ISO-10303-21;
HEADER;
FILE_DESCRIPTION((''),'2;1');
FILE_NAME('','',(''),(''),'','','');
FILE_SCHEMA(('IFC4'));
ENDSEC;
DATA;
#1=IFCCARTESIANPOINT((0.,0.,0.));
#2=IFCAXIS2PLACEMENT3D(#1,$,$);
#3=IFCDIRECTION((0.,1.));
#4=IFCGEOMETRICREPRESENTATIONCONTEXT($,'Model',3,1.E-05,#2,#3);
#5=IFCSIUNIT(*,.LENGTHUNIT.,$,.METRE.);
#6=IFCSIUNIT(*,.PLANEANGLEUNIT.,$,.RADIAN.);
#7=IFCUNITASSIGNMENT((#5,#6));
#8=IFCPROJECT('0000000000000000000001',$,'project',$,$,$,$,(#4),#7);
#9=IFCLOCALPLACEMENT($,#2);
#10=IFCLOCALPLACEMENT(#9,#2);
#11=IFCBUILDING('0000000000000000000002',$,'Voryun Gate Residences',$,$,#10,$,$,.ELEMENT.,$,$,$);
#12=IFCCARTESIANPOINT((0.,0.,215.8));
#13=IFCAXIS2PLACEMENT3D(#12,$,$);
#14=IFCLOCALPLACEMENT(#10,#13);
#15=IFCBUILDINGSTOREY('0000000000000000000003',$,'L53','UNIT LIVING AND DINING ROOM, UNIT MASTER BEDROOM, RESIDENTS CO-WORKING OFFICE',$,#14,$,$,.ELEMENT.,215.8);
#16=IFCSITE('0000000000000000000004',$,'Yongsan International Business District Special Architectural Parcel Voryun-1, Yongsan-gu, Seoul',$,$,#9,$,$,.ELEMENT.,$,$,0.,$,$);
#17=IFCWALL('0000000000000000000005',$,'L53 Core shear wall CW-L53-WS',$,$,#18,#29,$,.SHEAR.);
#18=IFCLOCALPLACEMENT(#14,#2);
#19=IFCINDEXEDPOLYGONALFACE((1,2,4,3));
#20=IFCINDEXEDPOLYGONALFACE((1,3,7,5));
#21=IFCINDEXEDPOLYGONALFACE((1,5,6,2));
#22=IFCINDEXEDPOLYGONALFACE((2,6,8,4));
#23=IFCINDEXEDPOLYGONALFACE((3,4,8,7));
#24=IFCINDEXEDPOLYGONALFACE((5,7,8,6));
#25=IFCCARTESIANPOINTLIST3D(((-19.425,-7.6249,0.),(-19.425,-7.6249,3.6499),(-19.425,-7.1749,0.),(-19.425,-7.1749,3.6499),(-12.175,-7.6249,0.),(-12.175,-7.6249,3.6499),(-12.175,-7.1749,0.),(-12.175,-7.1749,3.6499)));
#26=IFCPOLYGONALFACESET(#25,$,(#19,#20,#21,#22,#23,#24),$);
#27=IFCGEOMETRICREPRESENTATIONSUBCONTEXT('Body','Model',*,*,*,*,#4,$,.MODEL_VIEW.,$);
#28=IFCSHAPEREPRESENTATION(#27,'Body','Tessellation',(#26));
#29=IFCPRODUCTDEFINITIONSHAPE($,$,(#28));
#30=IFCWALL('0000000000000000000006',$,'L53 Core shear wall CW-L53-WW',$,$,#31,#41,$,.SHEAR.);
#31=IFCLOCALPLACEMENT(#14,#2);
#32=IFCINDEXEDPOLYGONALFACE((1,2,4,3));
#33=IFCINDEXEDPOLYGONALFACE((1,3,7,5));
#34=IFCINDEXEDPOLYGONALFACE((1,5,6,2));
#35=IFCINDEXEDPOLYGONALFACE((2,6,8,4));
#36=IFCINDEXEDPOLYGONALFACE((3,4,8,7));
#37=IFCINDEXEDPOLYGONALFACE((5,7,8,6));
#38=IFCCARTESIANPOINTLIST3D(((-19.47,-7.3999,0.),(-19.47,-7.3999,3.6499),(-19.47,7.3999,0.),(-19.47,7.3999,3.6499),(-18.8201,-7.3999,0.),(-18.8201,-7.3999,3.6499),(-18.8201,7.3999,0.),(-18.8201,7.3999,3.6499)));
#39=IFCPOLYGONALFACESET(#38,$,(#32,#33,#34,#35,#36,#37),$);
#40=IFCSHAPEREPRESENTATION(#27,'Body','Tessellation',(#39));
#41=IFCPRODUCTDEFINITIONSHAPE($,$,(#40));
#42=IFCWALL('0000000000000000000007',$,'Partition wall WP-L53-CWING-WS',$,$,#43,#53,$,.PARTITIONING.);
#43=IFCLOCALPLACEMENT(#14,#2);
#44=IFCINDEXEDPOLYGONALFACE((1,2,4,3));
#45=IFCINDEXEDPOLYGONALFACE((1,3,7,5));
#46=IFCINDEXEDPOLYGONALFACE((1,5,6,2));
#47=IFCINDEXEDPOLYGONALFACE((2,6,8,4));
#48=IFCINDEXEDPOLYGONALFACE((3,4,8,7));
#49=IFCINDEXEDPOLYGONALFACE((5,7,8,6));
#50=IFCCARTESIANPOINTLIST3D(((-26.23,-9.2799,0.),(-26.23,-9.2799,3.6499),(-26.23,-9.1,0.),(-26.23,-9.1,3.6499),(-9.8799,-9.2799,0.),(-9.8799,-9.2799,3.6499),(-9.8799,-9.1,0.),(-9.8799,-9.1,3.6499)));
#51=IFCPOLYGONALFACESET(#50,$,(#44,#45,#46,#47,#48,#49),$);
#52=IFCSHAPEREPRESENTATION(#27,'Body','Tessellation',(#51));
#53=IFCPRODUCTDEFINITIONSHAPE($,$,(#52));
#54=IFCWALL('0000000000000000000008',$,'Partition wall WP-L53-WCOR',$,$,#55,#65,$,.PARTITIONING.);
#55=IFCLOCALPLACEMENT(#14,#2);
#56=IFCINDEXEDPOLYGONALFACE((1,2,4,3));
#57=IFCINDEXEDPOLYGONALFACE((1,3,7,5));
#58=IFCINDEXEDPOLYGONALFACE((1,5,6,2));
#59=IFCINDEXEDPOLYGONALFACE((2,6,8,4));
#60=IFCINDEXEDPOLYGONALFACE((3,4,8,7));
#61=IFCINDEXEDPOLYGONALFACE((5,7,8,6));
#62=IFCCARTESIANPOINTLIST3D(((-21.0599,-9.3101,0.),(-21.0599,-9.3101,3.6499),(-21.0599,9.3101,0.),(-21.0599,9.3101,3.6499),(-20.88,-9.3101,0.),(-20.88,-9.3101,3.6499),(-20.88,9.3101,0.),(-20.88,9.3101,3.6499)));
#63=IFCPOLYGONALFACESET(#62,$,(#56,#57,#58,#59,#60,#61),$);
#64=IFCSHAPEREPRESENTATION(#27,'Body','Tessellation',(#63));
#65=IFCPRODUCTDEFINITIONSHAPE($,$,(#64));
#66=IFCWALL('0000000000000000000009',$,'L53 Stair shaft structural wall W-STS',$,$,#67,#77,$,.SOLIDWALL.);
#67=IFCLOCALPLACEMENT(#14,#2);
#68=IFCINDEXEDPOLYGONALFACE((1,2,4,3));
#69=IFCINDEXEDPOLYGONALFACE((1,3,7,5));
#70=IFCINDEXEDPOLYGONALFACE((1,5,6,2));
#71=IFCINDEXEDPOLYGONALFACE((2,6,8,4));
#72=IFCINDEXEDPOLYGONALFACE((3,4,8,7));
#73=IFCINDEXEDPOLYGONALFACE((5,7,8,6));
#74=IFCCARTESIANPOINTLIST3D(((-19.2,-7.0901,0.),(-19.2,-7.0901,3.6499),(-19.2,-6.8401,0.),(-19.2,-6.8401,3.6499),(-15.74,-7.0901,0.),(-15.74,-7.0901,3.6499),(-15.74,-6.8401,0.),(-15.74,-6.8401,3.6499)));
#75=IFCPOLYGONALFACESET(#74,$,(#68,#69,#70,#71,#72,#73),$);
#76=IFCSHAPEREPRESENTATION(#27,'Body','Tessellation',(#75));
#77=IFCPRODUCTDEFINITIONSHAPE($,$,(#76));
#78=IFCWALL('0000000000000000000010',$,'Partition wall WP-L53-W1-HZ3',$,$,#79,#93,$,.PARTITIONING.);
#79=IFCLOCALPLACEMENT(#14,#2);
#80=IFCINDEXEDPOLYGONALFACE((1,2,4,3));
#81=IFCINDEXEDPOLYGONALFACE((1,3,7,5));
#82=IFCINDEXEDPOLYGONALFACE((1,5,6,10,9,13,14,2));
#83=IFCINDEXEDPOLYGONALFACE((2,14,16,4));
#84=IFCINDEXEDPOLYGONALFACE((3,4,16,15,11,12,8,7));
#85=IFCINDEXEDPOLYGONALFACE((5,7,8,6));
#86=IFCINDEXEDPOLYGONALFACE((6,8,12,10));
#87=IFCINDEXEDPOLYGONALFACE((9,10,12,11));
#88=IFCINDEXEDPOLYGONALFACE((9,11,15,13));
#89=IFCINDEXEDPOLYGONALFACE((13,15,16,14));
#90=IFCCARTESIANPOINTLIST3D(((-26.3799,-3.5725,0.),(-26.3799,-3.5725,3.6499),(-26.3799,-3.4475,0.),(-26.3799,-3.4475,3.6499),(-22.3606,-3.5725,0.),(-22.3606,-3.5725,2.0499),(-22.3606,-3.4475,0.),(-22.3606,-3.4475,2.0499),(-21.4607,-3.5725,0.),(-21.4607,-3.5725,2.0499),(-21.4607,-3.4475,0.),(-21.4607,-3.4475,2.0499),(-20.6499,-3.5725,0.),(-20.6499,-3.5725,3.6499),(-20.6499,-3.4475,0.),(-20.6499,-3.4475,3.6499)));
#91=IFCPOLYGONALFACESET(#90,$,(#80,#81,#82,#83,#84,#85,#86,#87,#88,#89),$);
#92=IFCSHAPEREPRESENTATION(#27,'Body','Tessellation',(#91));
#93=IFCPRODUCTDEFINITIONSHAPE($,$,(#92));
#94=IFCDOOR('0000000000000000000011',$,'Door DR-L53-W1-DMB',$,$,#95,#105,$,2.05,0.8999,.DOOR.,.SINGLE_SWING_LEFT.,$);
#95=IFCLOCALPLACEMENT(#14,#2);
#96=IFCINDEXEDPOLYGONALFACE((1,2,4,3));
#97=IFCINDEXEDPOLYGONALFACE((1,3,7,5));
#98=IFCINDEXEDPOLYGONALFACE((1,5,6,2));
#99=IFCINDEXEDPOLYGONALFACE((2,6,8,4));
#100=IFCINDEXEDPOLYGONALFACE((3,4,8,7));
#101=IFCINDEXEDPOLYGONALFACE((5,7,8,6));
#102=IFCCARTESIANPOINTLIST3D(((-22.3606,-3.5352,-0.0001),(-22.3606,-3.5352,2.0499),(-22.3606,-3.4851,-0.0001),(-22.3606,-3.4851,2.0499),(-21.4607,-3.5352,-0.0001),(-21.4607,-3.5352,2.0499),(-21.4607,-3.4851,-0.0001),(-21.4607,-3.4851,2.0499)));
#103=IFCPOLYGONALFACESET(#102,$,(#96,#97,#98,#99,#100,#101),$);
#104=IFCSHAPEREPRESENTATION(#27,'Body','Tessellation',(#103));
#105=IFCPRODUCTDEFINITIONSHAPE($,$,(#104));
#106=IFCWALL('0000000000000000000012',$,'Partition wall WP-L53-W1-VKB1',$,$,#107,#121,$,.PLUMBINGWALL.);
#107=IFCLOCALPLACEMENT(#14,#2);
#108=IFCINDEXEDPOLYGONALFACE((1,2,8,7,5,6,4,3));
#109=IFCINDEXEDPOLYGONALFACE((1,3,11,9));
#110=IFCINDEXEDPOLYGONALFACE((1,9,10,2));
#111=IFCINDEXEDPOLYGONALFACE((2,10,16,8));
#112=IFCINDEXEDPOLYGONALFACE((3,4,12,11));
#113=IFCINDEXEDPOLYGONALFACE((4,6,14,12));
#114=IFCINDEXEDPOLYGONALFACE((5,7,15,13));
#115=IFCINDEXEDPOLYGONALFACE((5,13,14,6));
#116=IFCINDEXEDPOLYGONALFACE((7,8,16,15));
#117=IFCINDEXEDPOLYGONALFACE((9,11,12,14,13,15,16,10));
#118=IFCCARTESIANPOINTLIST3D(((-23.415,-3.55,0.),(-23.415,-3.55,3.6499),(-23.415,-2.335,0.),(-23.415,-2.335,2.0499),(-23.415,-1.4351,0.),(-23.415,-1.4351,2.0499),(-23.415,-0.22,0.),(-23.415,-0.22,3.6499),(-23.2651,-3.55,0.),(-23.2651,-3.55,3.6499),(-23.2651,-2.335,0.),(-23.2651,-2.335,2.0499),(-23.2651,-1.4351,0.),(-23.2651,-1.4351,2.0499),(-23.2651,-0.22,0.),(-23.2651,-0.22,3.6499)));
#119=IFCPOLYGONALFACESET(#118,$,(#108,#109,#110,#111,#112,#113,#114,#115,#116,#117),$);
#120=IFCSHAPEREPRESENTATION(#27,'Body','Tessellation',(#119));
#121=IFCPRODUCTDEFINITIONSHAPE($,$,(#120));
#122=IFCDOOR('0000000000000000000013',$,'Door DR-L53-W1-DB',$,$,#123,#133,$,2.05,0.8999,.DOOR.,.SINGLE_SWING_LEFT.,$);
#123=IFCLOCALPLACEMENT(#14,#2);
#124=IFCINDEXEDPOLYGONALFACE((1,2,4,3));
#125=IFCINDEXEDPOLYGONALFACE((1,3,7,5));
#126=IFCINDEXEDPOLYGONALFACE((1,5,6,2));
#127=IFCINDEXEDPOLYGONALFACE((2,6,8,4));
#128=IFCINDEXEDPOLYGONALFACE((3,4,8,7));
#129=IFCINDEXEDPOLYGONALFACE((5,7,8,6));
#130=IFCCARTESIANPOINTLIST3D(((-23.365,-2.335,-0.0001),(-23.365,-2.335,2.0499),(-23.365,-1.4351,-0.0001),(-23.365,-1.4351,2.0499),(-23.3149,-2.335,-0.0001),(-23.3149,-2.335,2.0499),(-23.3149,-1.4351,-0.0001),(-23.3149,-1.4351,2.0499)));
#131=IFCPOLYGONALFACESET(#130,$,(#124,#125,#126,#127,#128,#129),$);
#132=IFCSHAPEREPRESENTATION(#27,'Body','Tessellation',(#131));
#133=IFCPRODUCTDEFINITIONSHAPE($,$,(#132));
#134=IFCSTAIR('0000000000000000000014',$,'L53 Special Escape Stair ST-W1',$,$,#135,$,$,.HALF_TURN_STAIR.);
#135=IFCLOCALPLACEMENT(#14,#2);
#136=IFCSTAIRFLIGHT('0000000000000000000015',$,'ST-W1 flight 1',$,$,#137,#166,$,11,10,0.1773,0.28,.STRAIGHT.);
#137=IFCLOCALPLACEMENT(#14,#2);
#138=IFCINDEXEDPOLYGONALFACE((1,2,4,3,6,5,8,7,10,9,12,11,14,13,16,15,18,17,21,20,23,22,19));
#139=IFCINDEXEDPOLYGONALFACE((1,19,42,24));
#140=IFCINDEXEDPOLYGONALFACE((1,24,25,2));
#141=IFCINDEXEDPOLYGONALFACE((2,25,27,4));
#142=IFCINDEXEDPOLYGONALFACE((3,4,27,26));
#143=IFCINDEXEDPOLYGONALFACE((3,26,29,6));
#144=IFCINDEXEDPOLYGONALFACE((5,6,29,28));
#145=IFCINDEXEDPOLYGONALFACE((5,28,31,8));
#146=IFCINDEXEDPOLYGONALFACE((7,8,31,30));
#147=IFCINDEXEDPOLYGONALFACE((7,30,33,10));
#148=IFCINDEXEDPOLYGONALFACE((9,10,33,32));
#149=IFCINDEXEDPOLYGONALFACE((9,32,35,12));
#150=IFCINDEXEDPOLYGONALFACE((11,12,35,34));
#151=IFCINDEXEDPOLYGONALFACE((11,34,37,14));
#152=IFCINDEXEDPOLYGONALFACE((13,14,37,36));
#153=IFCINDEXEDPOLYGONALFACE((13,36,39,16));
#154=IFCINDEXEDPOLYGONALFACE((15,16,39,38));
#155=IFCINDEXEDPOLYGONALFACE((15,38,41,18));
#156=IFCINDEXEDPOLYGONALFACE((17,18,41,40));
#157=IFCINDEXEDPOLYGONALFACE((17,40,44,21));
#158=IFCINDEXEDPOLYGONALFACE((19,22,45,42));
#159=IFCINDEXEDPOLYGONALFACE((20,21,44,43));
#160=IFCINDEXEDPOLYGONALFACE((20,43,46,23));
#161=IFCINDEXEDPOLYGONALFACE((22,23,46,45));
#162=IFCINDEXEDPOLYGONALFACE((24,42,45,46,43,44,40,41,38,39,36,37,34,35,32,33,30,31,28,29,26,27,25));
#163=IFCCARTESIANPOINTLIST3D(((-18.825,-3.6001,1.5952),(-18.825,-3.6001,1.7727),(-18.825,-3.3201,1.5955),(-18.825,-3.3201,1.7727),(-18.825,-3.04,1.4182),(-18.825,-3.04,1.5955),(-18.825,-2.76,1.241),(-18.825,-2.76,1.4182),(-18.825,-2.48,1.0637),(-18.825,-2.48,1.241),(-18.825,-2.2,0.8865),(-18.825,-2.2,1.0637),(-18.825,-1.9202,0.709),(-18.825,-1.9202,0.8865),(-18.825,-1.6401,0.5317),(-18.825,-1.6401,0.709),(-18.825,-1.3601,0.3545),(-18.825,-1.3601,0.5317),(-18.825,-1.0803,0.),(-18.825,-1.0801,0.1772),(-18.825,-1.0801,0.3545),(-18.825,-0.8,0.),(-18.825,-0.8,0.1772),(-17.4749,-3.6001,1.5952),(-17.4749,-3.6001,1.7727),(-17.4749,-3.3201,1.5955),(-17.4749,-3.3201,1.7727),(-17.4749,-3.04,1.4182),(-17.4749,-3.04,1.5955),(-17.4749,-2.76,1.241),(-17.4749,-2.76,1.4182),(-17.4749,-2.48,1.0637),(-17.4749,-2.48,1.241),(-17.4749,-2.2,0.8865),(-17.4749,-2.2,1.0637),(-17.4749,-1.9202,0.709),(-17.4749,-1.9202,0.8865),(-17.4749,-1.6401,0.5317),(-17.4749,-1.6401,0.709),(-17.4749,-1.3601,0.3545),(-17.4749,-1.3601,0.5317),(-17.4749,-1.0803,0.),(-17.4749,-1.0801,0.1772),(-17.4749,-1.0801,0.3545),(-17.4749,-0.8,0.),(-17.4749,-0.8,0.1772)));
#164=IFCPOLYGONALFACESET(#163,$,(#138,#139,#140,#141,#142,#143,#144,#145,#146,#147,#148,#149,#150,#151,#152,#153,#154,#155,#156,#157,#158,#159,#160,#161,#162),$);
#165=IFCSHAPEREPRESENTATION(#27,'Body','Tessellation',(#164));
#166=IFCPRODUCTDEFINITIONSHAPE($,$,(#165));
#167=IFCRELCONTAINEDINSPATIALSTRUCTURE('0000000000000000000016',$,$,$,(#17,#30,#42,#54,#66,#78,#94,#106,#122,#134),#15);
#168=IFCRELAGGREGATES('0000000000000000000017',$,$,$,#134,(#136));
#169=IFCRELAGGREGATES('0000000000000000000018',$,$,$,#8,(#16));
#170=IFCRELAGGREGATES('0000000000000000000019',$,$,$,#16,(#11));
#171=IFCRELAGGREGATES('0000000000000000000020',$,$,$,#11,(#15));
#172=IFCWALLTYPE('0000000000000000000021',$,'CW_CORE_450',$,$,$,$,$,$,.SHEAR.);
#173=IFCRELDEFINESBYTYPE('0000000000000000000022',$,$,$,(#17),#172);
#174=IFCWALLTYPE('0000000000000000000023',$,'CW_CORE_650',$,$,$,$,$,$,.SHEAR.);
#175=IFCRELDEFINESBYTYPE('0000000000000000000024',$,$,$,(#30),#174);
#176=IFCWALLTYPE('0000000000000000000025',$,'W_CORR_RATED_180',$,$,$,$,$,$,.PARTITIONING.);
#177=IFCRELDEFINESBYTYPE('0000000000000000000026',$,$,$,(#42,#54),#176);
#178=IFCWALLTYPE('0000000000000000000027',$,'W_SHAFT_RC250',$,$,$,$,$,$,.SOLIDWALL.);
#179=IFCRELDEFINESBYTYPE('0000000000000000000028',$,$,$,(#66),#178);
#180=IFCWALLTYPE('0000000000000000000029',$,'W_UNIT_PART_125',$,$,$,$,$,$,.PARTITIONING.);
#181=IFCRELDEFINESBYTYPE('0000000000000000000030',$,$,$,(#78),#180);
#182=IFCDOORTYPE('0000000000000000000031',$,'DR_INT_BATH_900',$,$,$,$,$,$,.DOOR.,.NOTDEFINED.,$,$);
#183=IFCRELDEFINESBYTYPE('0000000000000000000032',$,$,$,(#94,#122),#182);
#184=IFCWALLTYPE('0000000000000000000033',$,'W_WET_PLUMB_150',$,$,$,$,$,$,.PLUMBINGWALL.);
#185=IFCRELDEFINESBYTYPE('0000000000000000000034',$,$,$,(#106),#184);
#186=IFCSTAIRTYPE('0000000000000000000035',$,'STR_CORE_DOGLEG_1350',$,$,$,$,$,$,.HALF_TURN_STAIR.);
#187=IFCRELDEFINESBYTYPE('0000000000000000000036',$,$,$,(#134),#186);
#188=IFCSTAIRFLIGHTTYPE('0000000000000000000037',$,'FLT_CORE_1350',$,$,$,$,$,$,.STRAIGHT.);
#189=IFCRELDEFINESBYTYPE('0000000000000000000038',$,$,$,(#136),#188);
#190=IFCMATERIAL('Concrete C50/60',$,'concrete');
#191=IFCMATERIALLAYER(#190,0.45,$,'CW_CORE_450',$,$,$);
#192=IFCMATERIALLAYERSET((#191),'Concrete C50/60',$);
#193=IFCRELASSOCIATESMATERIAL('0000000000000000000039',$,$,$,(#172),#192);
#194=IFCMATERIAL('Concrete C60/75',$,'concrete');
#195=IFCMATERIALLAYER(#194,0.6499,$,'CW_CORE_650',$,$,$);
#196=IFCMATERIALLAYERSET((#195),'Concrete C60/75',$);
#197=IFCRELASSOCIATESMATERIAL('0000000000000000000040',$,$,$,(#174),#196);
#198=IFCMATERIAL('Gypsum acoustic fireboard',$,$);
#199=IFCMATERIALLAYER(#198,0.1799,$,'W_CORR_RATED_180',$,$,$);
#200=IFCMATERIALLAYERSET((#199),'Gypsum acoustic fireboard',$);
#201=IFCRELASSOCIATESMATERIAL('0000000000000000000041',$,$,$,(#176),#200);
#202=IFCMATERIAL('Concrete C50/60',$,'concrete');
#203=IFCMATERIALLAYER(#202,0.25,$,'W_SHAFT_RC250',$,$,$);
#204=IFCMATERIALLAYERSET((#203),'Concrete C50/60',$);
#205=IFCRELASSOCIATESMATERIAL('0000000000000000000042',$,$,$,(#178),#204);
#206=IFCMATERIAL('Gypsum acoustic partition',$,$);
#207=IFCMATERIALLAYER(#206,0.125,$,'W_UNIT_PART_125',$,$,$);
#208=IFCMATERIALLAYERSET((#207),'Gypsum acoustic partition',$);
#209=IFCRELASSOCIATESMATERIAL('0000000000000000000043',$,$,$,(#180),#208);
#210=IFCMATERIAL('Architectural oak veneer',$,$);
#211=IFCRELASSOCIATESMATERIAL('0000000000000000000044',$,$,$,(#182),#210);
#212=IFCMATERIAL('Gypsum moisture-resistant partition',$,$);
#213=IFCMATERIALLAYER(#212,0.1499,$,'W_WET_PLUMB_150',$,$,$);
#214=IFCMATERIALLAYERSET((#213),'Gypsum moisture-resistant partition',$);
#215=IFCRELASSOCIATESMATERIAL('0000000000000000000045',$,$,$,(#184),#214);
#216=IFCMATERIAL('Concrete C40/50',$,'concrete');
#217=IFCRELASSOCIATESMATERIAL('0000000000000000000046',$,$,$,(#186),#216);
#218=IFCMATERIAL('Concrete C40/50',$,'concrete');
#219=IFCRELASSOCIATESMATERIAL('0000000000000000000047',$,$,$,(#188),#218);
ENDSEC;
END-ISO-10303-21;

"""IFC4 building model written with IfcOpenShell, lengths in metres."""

from ifc_helpers import new_model, si_unit, direction, frame, frame_2d, origin, place, context, subcontext, project, spatial, polyline, rectangle, outline, extrude, material, layer, layer_set, type_object, element, fill, aggregate, save


model = new_model("IFC4")

# Units and contexts
model_context = context("Model", 3, precision=1e-05, world=origin(), true_north=direction((0.0, 1.0)))
body_context = subcontext(model_context, "Body", "Model", "MODEL_VIEW")
ifc_project = project(units=[si_unit("LENGTHUNIT", "METRE"), si_unit("PLANEANGLEUNIT", "RADIAN")], contexts=[model_context])

# Site, building, storey
site_placement = place(None, origin())
site = spatial("IfcSite", under=ifc_project, at=site_placement, Name="Yongsan International Business District Special Architectural Parcel Voryun-1, Yongsan-gu, Seoul", CompositionType="ELEMENT", RefElevation=0.0)
building_placement = place(site_placement, origin())
building = spatial("IfcBuilding", under=site, at=building_placement, Name="Voryun Gate Residences", CompositionType="ELEMENT")
storey_placement = place(building_placement, frame((0.0, 0.0, 215.8)))
storey = spatial("IfcBuildingStorey", under=building, at=storey_placement, Name="L53", Description="UNIT LIVING AND DINING ROOM, UNIT MASTER BEDROOM, RESIDENTS CO-WORKING OFFICE", CompositionType="ELEMENT", Elevation=215.8)

# Walls
ifc_material_1 = material(Name="Concrete C50/60", Category="concrete")
ifc_layer_1 = layer(ifc_material_1, 0.45, Name="CW_CORE_450")
ifc_layer_set_1 = layer_set([ifc_layer_1], Name="Concrete C50/60")
wall_type_1 = type_object("IfcWallType", Name="CW_CORE_450", PredefinedType="SHEAR", material=ifc_layer_set_1)
wall_1_placement = place(storey_placement, frame((-19.425, -7.3999, 0.0), z_axis=(0.0, 0.0, 1.0), x_axis=(1.0, 0.0, 0.0)))
element("IfcWall", 1, at=wall_1_placement, inside=storey, type_object=wall_type_1, Name="L53 Core shear wall CW-L53-WS", PredefinedType="SHEAR", context=body_context, shape_type="SweptSolid", body=[
    extrude(rectangle(XDim=7.25, YDim=0.45, at=frame_2d((3.625, 0.0))), origin(), (0.0, 0.0, 1.0), 3.6499),
])
ifc_material_2 = material(Name="Concrete C60/75", Category="concrete")
ifc_layer_2 = layer(ifc_material_2, 0.6499, Name="CW_CORE_650")
ifc_layer_set_2 = layer_set([ifc_layer_2], Name="Concrete C60/75")
wall_type_2 = type_object("IfcWallType", Name="CW_CORE_650", PredefinedType="SHEAR", material=ifc_layer_set_2)
wall_2_placement = place(storey_placement, frame((-19.145, -7.3999, 0.0), z_axis=(0.0, 0.0, 1.0), x_axis=(0.0, 1.0, 0.0)))
element("IfcWall", 2, at=wall_2_placement, inside=storey, type_object=wall_type_2, Name="L53 Core shear wall CW-L53-WW", PredefinedType="SHEAR", context=body_context, shape_type="SweptSolid", body=[
    extrude(rectangle(XDim=14.7998, YDim=0.6499, at=frame_2d((7.3999, 0.0))), origin(), (0.0, 0.0, 1.0), 3.6499),
])
ifc_material_3 = material(Name="Gypsum acoustic fireboard")
ifc_layer_3 = layer(ifc_material_3, 0.1799, Name="W_CORR_RATED_180")
ifc_layer_set_3 = layer_set([ifc_layer_3], Name="Gypsum acoustic fireboard")
wall_type_3 = type_object("IfcWallType", Name="W_CORR_RATED_180", PredefinedType="PARTITIONING", material=ifc_layer_set_3)
wall_3_placement = place(storey_placement, frame((-26.23, -9.1899, 0.0), z_axis=(0.0, 0.0, 1.0), x_axis=(1.0, 0.0, 0.0)))
element("IfcWall", 3, at=wall_3_placement, inside=storey, type_object=wall_type_3, Name="Partition wall WP-L53-CWING-WS", PredefinedType="PARTITIONING", context=body_context, shape_type="SweptSolid", body=[
    extrude(rectangle(XDim=16.3501, YDim=0.1799, at=frame_2d((8.175, 0.0))), origin(), (0.0, 0.0, 1.0), 3.6499),
])
wall_4_placement = place(storey_placement, frame((-20.97, -9.3101, 0.0), z_axis=(0.0, 0.0, 1.0), x_axis=(0.0, 1.0, 0.0)))
element("IfcWall", 4, at=wall_4_placement, inside=storey, type_object=wall_type_3, Name="Partition wall WP-L53-WCOR", PredefinedType="PARTITIONING", context=body_context, shape_type="SweptSolid", body=[
    extrude(rectangle(XDim=18.6201, YDim=0.1799, at=frame_2d((9.3101, 0.0))), origin(), (0.0, 0.0, 1.0), 3.6499),
])
ifc_material_4 = material(Name="Concrete C50/60", Category="concrete")
ifc_layer_4 = layer(ifc_material_4, 0.25, Name="W_SHAFT_RC250")
ifc_layer_set_4 = layer_set([ifc_layer_4], Name="Concrete C50/60")
wall_type_4 = type_object("IfcWallType", Name="W_SHAFT_RC250", PredefinedType="SOLIDWALL", material=ifc_layer_set_4)
wall_5_placement = place(storey_placement, frame((-19.2, -6.9651, 0.0), z_axis=(0.0, 0.0, 1.0), x_axis=(1.0, 0.0, 0.0)))
element("IfcWall", 5, at=wall_5_placement, inside=storey, type_object=wall_type_4, Name="L53 Stair shaft structural wall W-STS", PredefinedType="SOLIDWALL", context=body_context, shape_type="SweptSolid", body=[
    extrude(rectangle(XDim=3.46, YDim=0.25, at=frame_2d((1.73, 0.0))), origin(), (0.0, 0.0, 1.0), 3.6499),
])

# Walls, openings, doors
ifc_material_5 = material(Name="Gypsum acoustic partition")
ifc_layer_5 = layer(ifc_material_5, 0.125, Name="W_UNIT_PART_125")
ifc_layer_set_5 = layer_set([ifc_layer_5], Name="Gypsum acoustic partition")
wall_type_5 = type_object("IfcWallType", Name="W_UNIT_PART_125", PredefinedType="PARTITIONING", material=ifc_layer_set_5)
wall_6_placement = place(storey_placement, frame((-26.3799, -3.51, 0.0), z_axis=(0.0, 0.0, 1.0), x_axis=(1.0, 0.0, 0.0)))
wall_6 = element("IfcWall", 6, at=wall_6_placement, inside=storey, type_object=wall_type_5, Name="Partition wall WP-L53-W1-HZ3", PredefinedType="PARTITIONING", context=body_context, shape_type="SweptSolid", body=[
    extrude(rectangle(XDim=5.73, YDim=0.125, at=frame_2d((2.865, 0.0))), origin(), (0.0, 0.0, 1.0), 3.6499),
])
opening_1_placement = place(wall_6_placement, frame((4.0193, 0.0, 0.0)))
opening_1 = element("IfcOpeningElement", 7, at=opening_1_placement, cuts=wall_6, PredefinedType="OPENING", context=body_context, shape_type="SweptSolid", body=[
    extrude(rectangle(XDim=0.8999, YDim=2.05, at=frame_2d((0.45, 1.0249))), frame((0.0, 0.0725, 0.0), z_axis=(0.0, -1.0, 0.0), x_axis=(1.0, 0.0, 0.0)), (0.0, 0.0, 1.0), 0.145),
])
ifc_material_6 = material(Name="Architectural oak veneer")
door_type = type_object("IfcDoorType", Name="DR_INT_BATH_900", OperationType="NOTDEFINED", PredefinedType="DOOR", material=ifc_material_6)
door_1_placement = place(opening_1_placement, origin())
door_1 = element("IfcDoor", 8, at=door_1_placement, inside=storey, type_object=door_type, Name="Door DR-L53-W1-DMB", OperationType="SINGLE_SWING_LEFT", OverallHeight=2.05, OverallWidth=0.8999, PredefinedType="DOOR", context=body_context, shape_type="SweptSolid", body=[
    extrude(rectangle(XDim=0.8999, YDim=2.05, at=frame_2d((0.45, 1.0249))), frame((0.0, 0.0249, 0.0), z_axis=(0.0, -1.0, 0.0), x_axis=(1.0, 0.0, 0.0)), (0.0, 0.0, 1.0), 0.05),
])
fill(opening_1, door_1)
ifc_material_7 = material(Name="Gypsum moisture-resistant partition")
ifc_layer_6 = layer(ifc_material_7, 0.1499, Name="W_WET_PLUMB_150")
ifc_layer_set_6 = layer_set([ifc_layer_6], Name="Gypsum moisture-resistant partition")
wall_type_6 = type_object("IfcWallType", Name="W_WET_PLUMB_150", PredefinedType="PLUMBINGWALL", material=ifc_layer_set_6)
wall_7_placement = place(storey_placement, frame((-23.3401, -3.55, 0.0), z_axis=(0.0, 0.0, 1.0), x_axis=(0.0, 1.0, 0.0)))
wall_7 = element("IfcWall", 9, at=wall_7_placement, inside=storey, type_object=wall_type_6, Name="Partition wall WP-L53-W1-VKB1", PredefinedType="PLUMBINGWALL", context=body_context, shape_type="SweptSolid", body=[
    extrude(rectangle(XDim=3.3301, YDim=0.1499, at=frame_2d((1.665, 0.0))), origin(), (0.0, 0.0, 1.0), 3.6499),
])
opening_2_placement = place(wall_7_placement, frame((1.2151, 0.0, 0.0)))
opening_2 = element("IfcOpeningElement", 10, at=opening_2_placement, cuts=wall_7, PredefinedType="OPENING", context=body_context, shape_type="SweptSolid", body=[
    extrude(rectangle(XDim=0.8999, YDim=2.05, at=frame_2d((0.45, 1.0249))), frame((0.0, 0.085, 0.0), z_axis=(0.0, -1.0, 0.0), x_axis=(1.0, 0.0, 0.0)), (0.0, 0.0, 1.0), 0.1699),
])
door_2_placement = place(opening_2_placement, origin())
door_2 = element("IfcDoor", 11, at=door_2_placement, inside=storey, type_object=door_type, Name="Door DR-L53-W1-DB", OperationType="SINGLE_SWING_LEFT", OverallHeight=2.05, OverallWidth=0.8999, PredefinedType="DOOR", context=body_context, shape_type="SweptSolid", body=[
    extrude(rectangle(XDim=0.8999, YDim=2.05, at=frame_2d((0.45, 1.0249))), frame((0.0, 0.0249, 0.0), z_axis=(0.0, -1.0, 0.0), x_axis=(1.0, 0.0, 0.0)), (0.0, 0.0, 1.0), 0.05),
])
fill(opening_2, door_2)

# Stair, stair flight
ifc_material_8 = material(Name="Concrete C40/50", Category="concrete")
stair_type = type_object("IfcStairType", Name="STR_CORE_DOGLEG_1350", PredefinedType="HALF_TURN_STAIR", material=ifc_material_8)
stair_placement = place(storey_placement, origin())
stair = element("IfcStair", 12, at=stair_placement, inside=storey, type_object=stair_type, Name="L53 Special Escape Stair ST-W1", PredefinedType="HALF_TURN_STAIR")
ifc_material_9 = material(Name="Concrete C40/50", Category="concrete")
stair_flight_type = type_object("IfcStairFlightType", Name="FLT_CORE_1350", PredefinedType="STRAIGHT", material=ifc_material_9)
stair_flight_placement = place(storey_placement, frame((-18.1499, -0.8, 0.0), z_axis=(0.0, 0.0, 1.0), x_axis=(0.0, -1.0, 0.0)))
stair_flight = element("IfcStairFlight", 13, at=stair_flight_placement, type_object=stair_flight_type, Name="ST-W1 flight 1", NumberOfRisers=11, NumberOfTreads=10, PredefinedType="STRAIGHT", RiserHeight=0.1773, TreadLength=0.28, context=body_context, shape_type="SweptSolid", body=[
    extrude(outline(polyline([(0.0, 0.0), (0.0, 0.1772), (0.28, 0.1772), (0.28, 0.3545), (0.5601, 0.3545), (0.5601, 0.5317), (0.8401, 0.5317), (0.8401, 0.709), (1.1201, 0.709), (1.1201, 0.8865), (1.3999, 0.8865), (1.3999, 1.0637), (1.6799, 1.0637), (1.6799, 1.241), (1.96, 1.241), (1.96, 1.4182), (2.24, 1.4182), (2.24, 1.5955), (2.52, 1.5955), (2.52, 1.7727), (2.8, 1.7727), (2.8, 1.95), (2.8, 1.5952), (0.2803, 0.0), (0.0, 0.0)])), frame((0.0, 0.675, 0.0), z_axis=(0.0, -1.0, 0.0), x_axis=(1.0, 0.0, 0.0)), (0.0, 0.0, 1.0), 1.3501),
])
aggregate(stair, [stair_flight])

save(model, "model.ifc")
